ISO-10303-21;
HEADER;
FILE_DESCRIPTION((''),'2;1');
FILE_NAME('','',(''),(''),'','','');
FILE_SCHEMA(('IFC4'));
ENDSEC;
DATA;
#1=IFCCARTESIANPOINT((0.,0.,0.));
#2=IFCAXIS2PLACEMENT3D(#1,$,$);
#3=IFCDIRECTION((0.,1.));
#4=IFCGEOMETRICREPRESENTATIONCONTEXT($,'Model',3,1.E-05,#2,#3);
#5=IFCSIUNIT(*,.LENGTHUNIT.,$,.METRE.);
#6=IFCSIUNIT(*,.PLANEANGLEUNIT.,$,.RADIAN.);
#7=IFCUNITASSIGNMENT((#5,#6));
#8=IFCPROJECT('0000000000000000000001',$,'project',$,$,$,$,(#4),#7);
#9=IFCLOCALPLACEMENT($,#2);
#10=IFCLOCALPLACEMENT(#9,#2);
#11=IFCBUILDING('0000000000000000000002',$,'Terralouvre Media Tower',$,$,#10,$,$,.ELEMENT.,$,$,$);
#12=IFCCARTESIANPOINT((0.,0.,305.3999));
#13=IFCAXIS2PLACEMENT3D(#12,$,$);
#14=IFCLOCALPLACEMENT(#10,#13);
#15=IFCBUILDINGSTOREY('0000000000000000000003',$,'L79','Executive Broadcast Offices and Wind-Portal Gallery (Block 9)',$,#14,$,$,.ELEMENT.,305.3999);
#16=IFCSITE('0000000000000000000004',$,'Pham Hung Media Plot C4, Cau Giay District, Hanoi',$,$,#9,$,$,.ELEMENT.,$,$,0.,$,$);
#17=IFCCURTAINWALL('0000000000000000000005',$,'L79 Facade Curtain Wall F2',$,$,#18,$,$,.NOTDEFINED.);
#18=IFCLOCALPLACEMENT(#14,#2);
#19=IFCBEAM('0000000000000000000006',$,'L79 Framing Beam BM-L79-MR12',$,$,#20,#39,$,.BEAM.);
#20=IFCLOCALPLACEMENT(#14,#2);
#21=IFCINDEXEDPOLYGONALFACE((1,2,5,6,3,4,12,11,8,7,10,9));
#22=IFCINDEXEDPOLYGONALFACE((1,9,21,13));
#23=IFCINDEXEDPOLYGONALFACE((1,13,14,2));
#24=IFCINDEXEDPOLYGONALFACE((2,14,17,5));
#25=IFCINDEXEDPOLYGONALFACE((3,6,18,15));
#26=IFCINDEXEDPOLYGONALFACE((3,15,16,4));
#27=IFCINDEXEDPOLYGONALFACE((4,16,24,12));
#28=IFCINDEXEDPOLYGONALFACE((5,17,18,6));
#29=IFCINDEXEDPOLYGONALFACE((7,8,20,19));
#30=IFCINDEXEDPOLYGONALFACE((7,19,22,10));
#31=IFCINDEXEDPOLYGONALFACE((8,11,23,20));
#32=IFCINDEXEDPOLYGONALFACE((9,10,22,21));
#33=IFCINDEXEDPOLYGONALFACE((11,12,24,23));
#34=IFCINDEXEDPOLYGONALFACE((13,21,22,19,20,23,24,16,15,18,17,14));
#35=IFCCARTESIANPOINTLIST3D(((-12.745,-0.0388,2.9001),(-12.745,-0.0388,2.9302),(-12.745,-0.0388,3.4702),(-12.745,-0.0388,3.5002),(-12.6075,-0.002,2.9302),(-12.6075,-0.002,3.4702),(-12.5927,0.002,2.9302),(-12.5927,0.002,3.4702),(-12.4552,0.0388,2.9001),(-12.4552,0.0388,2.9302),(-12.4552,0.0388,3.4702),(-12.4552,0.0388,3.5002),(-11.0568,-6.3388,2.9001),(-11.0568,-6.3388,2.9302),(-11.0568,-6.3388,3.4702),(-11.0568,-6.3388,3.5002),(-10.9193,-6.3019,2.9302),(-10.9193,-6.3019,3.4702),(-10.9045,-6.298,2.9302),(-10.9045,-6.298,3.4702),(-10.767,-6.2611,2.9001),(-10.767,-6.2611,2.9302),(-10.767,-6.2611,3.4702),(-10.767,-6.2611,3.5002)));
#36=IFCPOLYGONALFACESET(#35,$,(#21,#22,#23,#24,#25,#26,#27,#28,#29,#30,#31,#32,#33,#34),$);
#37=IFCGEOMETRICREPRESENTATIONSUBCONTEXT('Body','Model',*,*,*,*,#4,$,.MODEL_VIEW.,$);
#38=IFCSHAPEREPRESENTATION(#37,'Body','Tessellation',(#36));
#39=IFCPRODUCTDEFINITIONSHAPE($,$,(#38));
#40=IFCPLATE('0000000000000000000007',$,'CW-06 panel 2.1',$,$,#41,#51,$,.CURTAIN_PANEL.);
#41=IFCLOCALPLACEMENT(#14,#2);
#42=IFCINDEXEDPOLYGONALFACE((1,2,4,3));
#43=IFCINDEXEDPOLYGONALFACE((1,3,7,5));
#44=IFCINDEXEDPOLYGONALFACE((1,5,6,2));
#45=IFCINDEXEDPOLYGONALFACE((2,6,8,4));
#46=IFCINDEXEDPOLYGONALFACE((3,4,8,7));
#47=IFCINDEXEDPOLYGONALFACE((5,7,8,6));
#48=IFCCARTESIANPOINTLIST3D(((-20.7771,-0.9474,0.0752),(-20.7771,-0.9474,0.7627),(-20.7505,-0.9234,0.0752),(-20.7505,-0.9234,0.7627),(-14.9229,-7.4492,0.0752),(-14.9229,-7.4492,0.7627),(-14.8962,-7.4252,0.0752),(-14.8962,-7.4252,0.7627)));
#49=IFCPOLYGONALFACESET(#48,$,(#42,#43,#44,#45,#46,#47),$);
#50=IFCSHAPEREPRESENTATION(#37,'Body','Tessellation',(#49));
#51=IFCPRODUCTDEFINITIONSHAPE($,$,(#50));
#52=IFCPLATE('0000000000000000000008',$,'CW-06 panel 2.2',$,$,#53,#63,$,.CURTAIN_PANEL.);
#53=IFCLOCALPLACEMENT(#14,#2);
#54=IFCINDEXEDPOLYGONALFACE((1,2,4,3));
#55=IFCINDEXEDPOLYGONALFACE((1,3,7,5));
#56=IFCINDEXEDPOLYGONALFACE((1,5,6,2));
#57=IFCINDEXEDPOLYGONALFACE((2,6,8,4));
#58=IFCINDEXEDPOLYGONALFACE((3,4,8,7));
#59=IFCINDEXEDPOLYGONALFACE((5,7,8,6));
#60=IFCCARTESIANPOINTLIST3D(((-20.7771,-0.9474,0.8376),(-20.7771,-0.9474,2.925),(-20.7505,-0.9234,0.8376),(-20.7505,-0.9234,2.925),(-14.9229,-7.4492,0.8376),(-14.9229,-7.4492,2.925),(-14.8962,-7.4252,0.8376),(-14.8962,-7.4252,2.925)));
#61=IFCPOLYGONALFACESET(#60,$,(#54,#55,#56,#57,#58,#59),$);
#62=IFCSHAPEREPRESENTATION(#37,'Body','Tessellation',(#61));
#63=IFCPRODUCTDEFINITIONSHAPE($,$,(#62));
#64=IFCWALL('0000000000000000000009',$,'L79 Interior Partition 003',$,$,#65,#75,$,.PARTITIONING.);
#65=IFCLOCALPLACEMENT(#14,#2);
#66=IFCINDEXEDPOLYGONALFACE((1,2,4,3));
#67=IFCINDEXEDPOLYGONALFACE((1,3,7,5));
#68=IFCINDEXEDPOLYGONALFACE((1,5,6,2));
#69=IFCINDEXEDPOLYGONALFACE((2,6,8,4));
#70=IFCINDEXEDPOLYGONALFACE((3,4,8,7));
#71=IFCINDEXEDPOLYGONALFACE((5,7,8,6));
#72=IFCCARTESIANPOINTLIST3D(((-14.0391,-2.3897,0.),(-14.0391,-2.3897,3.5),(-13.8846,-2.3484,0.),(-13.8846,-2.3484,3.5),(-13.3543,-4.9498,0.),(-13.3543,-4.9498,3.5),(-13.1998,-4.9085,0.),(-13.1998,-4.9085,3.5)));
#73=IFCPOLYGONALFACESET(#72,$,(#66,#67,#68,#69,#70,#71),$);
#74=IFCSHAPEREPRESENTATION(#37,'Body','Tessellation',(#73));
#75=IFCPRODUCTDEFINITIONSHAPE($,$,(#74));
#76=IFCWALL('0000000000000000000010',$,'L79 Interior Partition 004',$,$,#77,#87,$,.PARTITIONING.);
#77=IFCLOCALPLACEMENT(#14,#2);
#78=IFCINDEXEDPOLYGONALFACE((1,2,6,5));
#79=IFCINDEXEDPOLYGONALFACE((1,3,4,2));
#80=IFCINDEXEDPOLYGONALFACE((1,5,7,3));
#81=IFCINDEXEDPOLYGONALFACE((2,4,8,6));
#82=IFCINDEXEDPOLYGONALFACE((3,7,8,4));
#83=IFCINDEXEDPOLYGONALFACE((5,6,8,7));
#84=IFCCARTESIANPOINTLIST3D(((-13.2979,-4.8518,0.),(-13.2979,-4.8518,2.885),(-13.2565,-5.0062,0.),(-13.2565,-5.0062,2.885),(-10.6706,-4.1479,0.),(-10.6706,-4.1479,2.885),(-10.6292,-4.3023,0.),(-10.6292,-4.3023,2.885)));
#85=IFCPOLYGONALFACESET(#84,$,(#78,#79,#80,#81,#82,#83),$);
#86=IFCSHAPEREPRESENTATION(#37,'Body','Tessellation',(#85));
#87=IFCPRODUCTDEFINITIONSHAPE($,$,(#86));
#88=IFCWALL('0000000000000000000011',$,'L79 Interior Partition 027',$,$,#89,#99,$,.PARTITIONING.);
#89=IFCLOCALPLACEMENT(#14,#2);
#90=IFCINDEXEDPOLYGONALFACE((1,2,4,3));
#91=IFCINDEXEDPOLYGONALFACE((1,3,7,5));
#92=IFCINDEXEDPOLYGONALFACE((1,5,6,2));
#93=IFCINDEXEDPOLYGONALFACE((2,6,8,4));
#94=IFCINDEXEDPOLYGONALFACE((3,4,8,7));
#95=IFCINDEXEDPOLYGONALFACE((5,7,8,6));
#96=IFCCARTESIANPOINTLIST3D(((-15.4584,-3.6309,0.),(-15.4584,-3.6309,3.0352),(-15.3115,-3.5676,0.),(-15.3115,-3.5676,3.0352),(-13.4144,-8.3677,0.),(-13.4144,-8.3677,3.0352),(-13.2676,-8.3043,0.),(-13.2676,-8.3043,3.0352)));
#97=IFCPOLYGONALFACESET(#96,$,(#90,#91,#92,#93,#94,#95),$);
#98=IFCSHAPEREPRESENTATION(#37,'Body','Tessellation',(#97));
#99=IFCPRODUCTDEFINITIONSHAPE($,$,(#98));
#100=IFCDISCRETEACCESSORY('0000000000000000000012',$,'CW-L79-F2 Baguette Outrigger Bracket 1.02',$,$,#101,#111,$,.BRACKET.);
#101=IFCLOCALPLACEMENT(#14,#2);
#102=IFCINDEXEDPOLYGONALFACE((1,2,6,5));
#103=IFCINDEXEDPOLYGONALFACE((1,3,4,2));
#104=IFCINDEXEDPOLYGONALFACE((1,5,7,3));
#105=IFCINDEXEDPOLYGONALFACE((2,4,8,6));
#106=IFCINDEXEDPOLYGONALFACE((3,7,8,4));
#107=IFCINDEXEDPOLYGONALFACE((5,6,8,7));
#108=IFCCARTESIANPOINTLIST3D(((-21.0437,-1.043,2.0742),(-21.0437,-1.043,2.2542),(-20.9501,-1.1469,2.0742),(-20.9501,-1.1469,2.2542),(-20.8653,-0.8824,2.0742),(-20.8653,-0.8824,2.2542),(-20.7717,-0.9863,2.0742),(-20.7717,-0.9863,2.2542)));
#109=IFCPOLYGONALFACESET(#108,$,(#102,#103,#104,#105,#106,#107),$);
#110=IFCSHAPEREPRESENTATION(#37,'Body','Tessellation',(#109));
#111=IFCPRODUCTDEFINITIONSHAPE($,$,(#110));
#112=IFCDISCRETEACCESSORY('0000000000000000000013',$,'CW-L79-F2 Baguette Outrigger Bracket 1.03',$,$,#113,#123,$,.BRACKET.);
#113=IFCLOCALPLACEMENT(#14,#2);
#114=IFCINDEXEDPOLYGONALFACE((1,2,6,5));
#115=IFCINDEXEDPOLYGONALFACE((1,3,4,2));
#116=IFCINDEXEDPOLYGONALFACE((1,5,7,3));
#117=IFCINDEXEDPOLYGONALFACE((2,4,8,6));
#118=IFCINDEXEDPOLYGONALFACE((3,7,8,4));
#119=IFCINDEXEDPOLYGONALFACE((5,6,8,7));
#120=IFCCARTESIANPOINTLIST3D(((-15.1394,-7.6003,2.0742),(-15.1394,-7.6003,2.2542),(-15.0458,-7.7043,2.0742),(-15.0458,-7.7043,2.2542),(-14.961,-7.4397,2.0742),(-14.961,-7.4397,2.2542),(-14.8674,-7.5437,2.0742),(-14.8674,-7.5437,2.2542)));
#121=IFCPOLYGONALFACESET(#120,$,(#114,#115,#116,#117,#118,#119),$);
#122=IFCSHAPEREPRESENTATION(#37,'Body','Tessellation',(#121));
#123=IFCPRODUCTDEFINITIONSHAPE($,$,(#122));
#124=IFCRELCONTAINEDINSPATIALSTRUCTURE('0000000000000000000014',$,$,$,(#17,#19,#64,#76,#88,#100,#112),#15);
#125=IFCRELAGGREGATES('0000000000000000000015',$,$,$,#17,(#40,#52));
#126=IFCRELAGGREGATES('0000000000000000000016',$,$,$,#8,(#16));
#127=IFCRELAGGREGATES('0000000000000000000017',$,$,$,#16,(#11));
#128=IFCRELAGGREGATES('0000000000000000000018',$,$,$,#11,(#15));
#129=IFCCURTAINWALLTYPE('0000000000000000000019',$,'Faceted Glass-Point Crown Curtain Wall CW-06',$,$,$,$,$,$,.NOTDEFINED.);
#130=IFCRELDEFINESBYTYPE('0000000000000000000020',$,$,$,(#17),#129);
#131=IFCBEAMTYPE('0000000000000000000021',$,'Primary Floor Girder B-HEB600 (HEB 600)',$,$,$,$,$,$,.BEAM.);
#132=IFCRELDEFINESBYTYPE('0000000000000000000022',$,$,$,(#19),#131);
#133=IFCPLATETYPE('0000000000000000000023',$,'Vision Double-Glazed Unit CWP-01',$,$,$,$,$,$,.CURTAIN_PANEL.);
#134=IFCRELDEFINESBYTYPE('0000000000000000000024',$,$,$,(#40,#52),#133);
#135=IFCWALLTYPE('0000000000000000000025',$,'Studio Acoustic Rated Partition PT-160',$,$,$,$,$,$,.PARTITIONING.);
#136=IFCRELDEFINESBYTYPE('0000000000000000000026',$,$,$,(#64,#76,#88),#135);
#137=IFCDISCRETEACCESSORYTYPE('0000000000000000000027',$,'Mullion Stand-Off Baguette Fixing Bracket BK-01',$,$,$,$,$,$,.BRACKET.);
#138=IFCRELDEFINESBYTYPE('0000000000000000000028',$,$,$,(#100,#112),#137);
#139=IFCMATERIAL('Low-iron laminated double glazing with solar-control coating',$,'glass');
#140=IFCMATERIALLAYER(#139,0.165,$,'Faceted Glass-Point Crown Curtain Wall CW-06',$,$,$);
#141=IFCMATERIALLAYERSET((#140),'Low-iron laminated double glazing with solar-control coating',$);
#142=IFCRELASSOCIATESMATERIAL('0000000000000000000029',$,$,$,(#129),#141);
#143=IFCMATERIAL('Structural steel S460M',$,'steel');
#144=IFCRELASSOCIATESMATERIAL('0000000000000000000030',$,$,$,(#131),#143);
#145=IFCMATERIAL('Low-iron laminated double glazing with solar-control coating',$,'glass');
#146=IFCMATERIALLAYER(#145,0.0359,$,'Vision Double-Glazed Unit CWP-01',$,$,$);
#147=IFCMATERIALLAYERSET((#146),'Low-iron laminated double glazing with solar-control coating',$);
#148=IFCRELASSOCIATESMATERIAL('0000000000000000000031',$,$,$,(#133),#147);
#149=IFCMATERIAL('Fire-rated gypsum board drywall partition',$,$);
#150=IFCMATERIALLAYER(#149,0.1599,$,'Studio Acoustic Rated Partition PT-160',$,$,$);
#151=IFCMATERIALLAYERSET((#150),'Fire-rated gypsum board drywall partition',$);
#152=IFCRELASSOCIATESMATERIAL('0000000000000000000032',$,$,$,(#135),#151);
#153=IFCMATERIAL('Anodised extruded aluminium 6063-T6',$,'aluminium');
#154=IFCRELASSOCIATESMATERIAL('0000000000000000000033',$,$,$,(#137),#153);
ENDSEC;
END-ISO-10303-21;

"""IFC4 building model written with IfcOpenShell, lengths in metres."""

from ifc_helpers import new_model, si_unit, direction, frame, frame_2d, origin, origin_2d, place, context, subcontext, project, spatial, rectangle, i_section, extrude, material, layer, layer_set, material_profile, profile_set, type_object, element, aggregate, save


model = new_model("IFC4")

# Units and contexts
model_context = context("Model", 3, precision=1e-05, world=origin(), true_north=direction((0.0, 1.0)))
body_context = subcontext(model_context, "Body", "Model", "MODEL_VIEW")
ifc_project = project(units=[si_unit("LENGTHUNIT", "METRE"), si_unit("PLANEANGLEUNIT", "RADIAN")], contexts=[model_context])

# Site, building, storey
site_placement = place(None, origin())
site = spatial("IfcSite", under=ifc_project, at=site_placement, Name="Pham Hung Media Plot C4, Cau Giay District, Hanoi", CompositionType="ELEMENT", RefElevation=0.0)
building_placement = place(site_placement, origin())
building = spatial("IfcBuilding", under=site, at=building_placement, Name="Terralouvre Media Tower", CompositionType="ELEMENT")
storey_placement = place(building_placement, frame((0.0, 0.0, 305.3999)))
storey = spatial("IfcBuildingStorey", under=building, at=storey_placement, Name="L79", Description="Executive Broadcast Offices and Wind-Portal Gallery (Block 9)", CompositionType="ELEMENT", Elevation=305.3999)

# Curtain wall
ifc_material_1 = material(Name="Low-iron laminated double glazing with solar-control coating", Category="glass")
ifc_layer_1 = layer(ifc_material_1, 0.165, Name="Faceted Glass-Point Crown Curtain Wall CW-06")
ifc_layer_set_1 = layer_set([ifc_layer_1], Name="Low-iron laminated double glazing with solar-control coating")
curtain_wall_type = type_object("IfcCurtainWallType", Name="Faceted Glass-Point Crown Curtain Wall CW-06", PredefinedType="NOTDEFINED", material=ifc_layer_set_1)
curtain_wall_placement = place(storey_placement, origin())
curtain_wall = element("IfcCurtainWall", 1, at=curtain_wall_placement, inside=storey, type_object=curtain_wall_type, Name="L79 Facade Curtain Wall F2", PredefinedType="NOTDEFINED")

# Beam
ifc_material_2 = material(Name="Structural steel S460M", Category="steel")
ifc_material_profile_1 = material_profile(ifc_material_2, i_section(OverallWidth=0.3, OverallDepth=0.6001, WebThickness=0.0154, FlangeThickness=0.03, at=origin_2d()), Name="HEB 600")
ifc_profile_set_1 = profile_set([ifc_material_profile_1], Name="Structural steel S460M")
beam_type_1 = type_object("IfcBeamType", Name="Primary Floor Girder B-HEB600 (HEB 600)", PredefinedType="BEAM", material=ifc_profile_set_1)
beam_placement = place(storey_placement, frame((-12.6001, 0.0, 3.2002), z_axis=(0.258839, -0.96592, 0.0), x_axis=(0.96592, 0.258839, 0.0)))
element("IfcBeam", 2, at=beam_placement, inside=storey, type_object=beam_type_1, Name="L79 Framing Beam BM-L79-MR12", PredefinedType="BEAM", context=body_context, shape_type="SweptSolid", body=[
    extrude(i_section(OverallWidth=0.3, OverallDepth=0.6001, WebThickness=0.0154, FlangeThickness=0.03, at=origin_2d()), origin(), (0.0, 0.0, 1.0), 6.5222),
])

# Plates
ifc_material_3 = material(Name="Low-iron laminated double glazing with solar-control coating", Category="glass")
ifc_layer_2 = layer(ifc_material_3, 0.0359, Name="Vision Double-Glazed Unit CWP-01")
ifc_layer_set_2 = layer_set([ifc_layer_2], Name="Low-iron laminated double glazing with solar-control coating")
plate_type = type_object("IfcPlateType", Name="Vision Double-Glazed Unit CWP-01", PredefinedType="CURTAIN_PANEL", material=ifc_layer_set_2)
plate_1_placement = place(storey_placement, frame((-17.8367, -4.1863, 0.0752), z_axis=(0.0, 0.0, 1.0), x_axis=(0.669131, -0.743145, 0.0)))
plate_1 = element("IfcPlate", 3, at=plate_1_placement, type_object=plate_type, Name="CW-06 panel 2.1", PredefinedType="CURTAIN_PANEL", context=body_context, shape_type="SweptSolid", body=[
    extrude(rectangle(XDim=8.749, YDim=0.0359, at=origin_2d()), origin(), (0.0, 0.0, 1.0), 0.6875),
])
plate_2_placement = place(storey_placement, frame((-17.8367, -4.1863, 0.8376), z_axis=(0.0, 0.0, 1.0), x_axis=(0.669131, -0.743145, 0.0)))
plate_2 = element("IfcPlate", 4, at=plate_2_placement, type_object=plate_type, Name="CW-06 panel 2.2", PredefinedType="CURTAIN_PANEL", context=body_context, shape_type="SweptSolid", body=[
    extrude(rectangle(XDim=8.749, YDim=0.0359, at=origin_2d()), origin(), (0.0, 0.0, 1.0), 2.0874),
])
aggregate(curtain_wall, [plate_1, plate_2])

# Walls
ifc_material_4 = material(Name="Fire-rated gypsum board drywall partition")
ifc_layer_3 = layer(ifc_material_4, 0.1599, Name="Studio Acoustic Rated Partition PT-160")
ifc_layer_set_3 = layer_set([ifc_layer_3], Name="Fire-rated gypsum board drywall partition")
wall_type = type_object("IfcWallType", Name="Studio Acoustic Rated Partition PT-160", PredefinedType="PARTITIONING", material=ifc_layer_set_3)
wall_1_placement = place(storey_placement, frame((-13.9619, -2.3689, 0.0), z_axis=(0.0, 0.0, 1.0), x_axis=(0.258414, -0.966034, 0.0)))
element("IfcWall", 5, at=wall_1_placement, inside=storey, type_object=wall_type, Name="L79 Interior Partition 003", PredefinedType="PARTITIONING", context=body_context, shape_type="SweptSolid", body=[
    extrude(rectangle(XDim=2.6501, YDim=0.1599, at=frame_2d((1.3252, 0.0))), origin(), (0.0, 0.0, 1.0), 3.5),
])
wall_2_placement = place(storey_placement, frame((-13.2771, -4.929, 0.0), z_axis=(0.0, 0.0, 1.0), x_axis=(0.965935, 0.258785, 0.0)))
element("IfcWall", 6, at=wall_2_placement, inside=storey, type_object=wall_type, Name="L79 Interior Partition 004", PredefinedType="PARTITIONING", context=body_context, shape_type="SweptSolid", body=[
    extrude(rectangle(XDim=2.72, YDim=0.1599, at=frame_2d((1.3599, 0.0))), origin(), (0.0, 0.0, 1.0), 2.885),
])
wall_3_placement = place(storey_placement, frame((-15.385, -3.5991, 0.0), z_axis=(0.0, 0.0, 1.0), x_axis=(0.396191, -0.918168, 0.0)))
element("IfcWall", 7, at=wall_3_placement, inside=storey, type_object=wall_type, Name="L79 Interior Partition 027", PredefinedType="PARTITIONING", context=body_context, shape_type="SweptSolid", body=[
    extrude(rectangle(XDim=5.1589, YDim=0.1599, at=frame_2d((2.5796, 0.0))), origin(), (0.0, 0.0, 1.0), 3.0352),
])

# Discrete accessories
ifc_material_5 = material(Name="Anodised extruded aluminium 6063-T6", Category="aluminium")
discrete_accessory_type = type_object("IfcDiscreteAccessoryType", Name="Mullion Stand-Off Baguette Fixing Bracket BK-01", PredefinedType="BRACKET", material=ifc_material_5)
for number, where, z_axis, x_axis, name in (
    (8, (-20.9077, -1.0146, 2.0742), (0.0, 0.0, 1.0), (0.669131, -0.743145, 0.0), "CW-L79-F2 Baguette Outrigger Bracket 1.02"),
    (9, (-15.0034, -7.572, 2.0742), (0.0, 0.0, 1.0), (0.669131, -0.743145, 0.0), "CW-L79-F2 Baguette Outrigger Bracket 1.03"),
):
    element("IfcDiscreteAccessory", number, at=place(storey_placement, frame(where, z_axis=z_axis, x_axis=x_axis)), inside=storey, type_object=discrete_accessory_type, Name=name, PredefinedType="BRACKET", context=body_context, shape_type="SweptSolid", body=[
        extrude(rectangle(XDim=0.1399, YDim=0.24, at=origin_2d()), origin(), (0.0, 0.0, 1.0), 0.1799),
    ])

save(model, "model.ifc")
